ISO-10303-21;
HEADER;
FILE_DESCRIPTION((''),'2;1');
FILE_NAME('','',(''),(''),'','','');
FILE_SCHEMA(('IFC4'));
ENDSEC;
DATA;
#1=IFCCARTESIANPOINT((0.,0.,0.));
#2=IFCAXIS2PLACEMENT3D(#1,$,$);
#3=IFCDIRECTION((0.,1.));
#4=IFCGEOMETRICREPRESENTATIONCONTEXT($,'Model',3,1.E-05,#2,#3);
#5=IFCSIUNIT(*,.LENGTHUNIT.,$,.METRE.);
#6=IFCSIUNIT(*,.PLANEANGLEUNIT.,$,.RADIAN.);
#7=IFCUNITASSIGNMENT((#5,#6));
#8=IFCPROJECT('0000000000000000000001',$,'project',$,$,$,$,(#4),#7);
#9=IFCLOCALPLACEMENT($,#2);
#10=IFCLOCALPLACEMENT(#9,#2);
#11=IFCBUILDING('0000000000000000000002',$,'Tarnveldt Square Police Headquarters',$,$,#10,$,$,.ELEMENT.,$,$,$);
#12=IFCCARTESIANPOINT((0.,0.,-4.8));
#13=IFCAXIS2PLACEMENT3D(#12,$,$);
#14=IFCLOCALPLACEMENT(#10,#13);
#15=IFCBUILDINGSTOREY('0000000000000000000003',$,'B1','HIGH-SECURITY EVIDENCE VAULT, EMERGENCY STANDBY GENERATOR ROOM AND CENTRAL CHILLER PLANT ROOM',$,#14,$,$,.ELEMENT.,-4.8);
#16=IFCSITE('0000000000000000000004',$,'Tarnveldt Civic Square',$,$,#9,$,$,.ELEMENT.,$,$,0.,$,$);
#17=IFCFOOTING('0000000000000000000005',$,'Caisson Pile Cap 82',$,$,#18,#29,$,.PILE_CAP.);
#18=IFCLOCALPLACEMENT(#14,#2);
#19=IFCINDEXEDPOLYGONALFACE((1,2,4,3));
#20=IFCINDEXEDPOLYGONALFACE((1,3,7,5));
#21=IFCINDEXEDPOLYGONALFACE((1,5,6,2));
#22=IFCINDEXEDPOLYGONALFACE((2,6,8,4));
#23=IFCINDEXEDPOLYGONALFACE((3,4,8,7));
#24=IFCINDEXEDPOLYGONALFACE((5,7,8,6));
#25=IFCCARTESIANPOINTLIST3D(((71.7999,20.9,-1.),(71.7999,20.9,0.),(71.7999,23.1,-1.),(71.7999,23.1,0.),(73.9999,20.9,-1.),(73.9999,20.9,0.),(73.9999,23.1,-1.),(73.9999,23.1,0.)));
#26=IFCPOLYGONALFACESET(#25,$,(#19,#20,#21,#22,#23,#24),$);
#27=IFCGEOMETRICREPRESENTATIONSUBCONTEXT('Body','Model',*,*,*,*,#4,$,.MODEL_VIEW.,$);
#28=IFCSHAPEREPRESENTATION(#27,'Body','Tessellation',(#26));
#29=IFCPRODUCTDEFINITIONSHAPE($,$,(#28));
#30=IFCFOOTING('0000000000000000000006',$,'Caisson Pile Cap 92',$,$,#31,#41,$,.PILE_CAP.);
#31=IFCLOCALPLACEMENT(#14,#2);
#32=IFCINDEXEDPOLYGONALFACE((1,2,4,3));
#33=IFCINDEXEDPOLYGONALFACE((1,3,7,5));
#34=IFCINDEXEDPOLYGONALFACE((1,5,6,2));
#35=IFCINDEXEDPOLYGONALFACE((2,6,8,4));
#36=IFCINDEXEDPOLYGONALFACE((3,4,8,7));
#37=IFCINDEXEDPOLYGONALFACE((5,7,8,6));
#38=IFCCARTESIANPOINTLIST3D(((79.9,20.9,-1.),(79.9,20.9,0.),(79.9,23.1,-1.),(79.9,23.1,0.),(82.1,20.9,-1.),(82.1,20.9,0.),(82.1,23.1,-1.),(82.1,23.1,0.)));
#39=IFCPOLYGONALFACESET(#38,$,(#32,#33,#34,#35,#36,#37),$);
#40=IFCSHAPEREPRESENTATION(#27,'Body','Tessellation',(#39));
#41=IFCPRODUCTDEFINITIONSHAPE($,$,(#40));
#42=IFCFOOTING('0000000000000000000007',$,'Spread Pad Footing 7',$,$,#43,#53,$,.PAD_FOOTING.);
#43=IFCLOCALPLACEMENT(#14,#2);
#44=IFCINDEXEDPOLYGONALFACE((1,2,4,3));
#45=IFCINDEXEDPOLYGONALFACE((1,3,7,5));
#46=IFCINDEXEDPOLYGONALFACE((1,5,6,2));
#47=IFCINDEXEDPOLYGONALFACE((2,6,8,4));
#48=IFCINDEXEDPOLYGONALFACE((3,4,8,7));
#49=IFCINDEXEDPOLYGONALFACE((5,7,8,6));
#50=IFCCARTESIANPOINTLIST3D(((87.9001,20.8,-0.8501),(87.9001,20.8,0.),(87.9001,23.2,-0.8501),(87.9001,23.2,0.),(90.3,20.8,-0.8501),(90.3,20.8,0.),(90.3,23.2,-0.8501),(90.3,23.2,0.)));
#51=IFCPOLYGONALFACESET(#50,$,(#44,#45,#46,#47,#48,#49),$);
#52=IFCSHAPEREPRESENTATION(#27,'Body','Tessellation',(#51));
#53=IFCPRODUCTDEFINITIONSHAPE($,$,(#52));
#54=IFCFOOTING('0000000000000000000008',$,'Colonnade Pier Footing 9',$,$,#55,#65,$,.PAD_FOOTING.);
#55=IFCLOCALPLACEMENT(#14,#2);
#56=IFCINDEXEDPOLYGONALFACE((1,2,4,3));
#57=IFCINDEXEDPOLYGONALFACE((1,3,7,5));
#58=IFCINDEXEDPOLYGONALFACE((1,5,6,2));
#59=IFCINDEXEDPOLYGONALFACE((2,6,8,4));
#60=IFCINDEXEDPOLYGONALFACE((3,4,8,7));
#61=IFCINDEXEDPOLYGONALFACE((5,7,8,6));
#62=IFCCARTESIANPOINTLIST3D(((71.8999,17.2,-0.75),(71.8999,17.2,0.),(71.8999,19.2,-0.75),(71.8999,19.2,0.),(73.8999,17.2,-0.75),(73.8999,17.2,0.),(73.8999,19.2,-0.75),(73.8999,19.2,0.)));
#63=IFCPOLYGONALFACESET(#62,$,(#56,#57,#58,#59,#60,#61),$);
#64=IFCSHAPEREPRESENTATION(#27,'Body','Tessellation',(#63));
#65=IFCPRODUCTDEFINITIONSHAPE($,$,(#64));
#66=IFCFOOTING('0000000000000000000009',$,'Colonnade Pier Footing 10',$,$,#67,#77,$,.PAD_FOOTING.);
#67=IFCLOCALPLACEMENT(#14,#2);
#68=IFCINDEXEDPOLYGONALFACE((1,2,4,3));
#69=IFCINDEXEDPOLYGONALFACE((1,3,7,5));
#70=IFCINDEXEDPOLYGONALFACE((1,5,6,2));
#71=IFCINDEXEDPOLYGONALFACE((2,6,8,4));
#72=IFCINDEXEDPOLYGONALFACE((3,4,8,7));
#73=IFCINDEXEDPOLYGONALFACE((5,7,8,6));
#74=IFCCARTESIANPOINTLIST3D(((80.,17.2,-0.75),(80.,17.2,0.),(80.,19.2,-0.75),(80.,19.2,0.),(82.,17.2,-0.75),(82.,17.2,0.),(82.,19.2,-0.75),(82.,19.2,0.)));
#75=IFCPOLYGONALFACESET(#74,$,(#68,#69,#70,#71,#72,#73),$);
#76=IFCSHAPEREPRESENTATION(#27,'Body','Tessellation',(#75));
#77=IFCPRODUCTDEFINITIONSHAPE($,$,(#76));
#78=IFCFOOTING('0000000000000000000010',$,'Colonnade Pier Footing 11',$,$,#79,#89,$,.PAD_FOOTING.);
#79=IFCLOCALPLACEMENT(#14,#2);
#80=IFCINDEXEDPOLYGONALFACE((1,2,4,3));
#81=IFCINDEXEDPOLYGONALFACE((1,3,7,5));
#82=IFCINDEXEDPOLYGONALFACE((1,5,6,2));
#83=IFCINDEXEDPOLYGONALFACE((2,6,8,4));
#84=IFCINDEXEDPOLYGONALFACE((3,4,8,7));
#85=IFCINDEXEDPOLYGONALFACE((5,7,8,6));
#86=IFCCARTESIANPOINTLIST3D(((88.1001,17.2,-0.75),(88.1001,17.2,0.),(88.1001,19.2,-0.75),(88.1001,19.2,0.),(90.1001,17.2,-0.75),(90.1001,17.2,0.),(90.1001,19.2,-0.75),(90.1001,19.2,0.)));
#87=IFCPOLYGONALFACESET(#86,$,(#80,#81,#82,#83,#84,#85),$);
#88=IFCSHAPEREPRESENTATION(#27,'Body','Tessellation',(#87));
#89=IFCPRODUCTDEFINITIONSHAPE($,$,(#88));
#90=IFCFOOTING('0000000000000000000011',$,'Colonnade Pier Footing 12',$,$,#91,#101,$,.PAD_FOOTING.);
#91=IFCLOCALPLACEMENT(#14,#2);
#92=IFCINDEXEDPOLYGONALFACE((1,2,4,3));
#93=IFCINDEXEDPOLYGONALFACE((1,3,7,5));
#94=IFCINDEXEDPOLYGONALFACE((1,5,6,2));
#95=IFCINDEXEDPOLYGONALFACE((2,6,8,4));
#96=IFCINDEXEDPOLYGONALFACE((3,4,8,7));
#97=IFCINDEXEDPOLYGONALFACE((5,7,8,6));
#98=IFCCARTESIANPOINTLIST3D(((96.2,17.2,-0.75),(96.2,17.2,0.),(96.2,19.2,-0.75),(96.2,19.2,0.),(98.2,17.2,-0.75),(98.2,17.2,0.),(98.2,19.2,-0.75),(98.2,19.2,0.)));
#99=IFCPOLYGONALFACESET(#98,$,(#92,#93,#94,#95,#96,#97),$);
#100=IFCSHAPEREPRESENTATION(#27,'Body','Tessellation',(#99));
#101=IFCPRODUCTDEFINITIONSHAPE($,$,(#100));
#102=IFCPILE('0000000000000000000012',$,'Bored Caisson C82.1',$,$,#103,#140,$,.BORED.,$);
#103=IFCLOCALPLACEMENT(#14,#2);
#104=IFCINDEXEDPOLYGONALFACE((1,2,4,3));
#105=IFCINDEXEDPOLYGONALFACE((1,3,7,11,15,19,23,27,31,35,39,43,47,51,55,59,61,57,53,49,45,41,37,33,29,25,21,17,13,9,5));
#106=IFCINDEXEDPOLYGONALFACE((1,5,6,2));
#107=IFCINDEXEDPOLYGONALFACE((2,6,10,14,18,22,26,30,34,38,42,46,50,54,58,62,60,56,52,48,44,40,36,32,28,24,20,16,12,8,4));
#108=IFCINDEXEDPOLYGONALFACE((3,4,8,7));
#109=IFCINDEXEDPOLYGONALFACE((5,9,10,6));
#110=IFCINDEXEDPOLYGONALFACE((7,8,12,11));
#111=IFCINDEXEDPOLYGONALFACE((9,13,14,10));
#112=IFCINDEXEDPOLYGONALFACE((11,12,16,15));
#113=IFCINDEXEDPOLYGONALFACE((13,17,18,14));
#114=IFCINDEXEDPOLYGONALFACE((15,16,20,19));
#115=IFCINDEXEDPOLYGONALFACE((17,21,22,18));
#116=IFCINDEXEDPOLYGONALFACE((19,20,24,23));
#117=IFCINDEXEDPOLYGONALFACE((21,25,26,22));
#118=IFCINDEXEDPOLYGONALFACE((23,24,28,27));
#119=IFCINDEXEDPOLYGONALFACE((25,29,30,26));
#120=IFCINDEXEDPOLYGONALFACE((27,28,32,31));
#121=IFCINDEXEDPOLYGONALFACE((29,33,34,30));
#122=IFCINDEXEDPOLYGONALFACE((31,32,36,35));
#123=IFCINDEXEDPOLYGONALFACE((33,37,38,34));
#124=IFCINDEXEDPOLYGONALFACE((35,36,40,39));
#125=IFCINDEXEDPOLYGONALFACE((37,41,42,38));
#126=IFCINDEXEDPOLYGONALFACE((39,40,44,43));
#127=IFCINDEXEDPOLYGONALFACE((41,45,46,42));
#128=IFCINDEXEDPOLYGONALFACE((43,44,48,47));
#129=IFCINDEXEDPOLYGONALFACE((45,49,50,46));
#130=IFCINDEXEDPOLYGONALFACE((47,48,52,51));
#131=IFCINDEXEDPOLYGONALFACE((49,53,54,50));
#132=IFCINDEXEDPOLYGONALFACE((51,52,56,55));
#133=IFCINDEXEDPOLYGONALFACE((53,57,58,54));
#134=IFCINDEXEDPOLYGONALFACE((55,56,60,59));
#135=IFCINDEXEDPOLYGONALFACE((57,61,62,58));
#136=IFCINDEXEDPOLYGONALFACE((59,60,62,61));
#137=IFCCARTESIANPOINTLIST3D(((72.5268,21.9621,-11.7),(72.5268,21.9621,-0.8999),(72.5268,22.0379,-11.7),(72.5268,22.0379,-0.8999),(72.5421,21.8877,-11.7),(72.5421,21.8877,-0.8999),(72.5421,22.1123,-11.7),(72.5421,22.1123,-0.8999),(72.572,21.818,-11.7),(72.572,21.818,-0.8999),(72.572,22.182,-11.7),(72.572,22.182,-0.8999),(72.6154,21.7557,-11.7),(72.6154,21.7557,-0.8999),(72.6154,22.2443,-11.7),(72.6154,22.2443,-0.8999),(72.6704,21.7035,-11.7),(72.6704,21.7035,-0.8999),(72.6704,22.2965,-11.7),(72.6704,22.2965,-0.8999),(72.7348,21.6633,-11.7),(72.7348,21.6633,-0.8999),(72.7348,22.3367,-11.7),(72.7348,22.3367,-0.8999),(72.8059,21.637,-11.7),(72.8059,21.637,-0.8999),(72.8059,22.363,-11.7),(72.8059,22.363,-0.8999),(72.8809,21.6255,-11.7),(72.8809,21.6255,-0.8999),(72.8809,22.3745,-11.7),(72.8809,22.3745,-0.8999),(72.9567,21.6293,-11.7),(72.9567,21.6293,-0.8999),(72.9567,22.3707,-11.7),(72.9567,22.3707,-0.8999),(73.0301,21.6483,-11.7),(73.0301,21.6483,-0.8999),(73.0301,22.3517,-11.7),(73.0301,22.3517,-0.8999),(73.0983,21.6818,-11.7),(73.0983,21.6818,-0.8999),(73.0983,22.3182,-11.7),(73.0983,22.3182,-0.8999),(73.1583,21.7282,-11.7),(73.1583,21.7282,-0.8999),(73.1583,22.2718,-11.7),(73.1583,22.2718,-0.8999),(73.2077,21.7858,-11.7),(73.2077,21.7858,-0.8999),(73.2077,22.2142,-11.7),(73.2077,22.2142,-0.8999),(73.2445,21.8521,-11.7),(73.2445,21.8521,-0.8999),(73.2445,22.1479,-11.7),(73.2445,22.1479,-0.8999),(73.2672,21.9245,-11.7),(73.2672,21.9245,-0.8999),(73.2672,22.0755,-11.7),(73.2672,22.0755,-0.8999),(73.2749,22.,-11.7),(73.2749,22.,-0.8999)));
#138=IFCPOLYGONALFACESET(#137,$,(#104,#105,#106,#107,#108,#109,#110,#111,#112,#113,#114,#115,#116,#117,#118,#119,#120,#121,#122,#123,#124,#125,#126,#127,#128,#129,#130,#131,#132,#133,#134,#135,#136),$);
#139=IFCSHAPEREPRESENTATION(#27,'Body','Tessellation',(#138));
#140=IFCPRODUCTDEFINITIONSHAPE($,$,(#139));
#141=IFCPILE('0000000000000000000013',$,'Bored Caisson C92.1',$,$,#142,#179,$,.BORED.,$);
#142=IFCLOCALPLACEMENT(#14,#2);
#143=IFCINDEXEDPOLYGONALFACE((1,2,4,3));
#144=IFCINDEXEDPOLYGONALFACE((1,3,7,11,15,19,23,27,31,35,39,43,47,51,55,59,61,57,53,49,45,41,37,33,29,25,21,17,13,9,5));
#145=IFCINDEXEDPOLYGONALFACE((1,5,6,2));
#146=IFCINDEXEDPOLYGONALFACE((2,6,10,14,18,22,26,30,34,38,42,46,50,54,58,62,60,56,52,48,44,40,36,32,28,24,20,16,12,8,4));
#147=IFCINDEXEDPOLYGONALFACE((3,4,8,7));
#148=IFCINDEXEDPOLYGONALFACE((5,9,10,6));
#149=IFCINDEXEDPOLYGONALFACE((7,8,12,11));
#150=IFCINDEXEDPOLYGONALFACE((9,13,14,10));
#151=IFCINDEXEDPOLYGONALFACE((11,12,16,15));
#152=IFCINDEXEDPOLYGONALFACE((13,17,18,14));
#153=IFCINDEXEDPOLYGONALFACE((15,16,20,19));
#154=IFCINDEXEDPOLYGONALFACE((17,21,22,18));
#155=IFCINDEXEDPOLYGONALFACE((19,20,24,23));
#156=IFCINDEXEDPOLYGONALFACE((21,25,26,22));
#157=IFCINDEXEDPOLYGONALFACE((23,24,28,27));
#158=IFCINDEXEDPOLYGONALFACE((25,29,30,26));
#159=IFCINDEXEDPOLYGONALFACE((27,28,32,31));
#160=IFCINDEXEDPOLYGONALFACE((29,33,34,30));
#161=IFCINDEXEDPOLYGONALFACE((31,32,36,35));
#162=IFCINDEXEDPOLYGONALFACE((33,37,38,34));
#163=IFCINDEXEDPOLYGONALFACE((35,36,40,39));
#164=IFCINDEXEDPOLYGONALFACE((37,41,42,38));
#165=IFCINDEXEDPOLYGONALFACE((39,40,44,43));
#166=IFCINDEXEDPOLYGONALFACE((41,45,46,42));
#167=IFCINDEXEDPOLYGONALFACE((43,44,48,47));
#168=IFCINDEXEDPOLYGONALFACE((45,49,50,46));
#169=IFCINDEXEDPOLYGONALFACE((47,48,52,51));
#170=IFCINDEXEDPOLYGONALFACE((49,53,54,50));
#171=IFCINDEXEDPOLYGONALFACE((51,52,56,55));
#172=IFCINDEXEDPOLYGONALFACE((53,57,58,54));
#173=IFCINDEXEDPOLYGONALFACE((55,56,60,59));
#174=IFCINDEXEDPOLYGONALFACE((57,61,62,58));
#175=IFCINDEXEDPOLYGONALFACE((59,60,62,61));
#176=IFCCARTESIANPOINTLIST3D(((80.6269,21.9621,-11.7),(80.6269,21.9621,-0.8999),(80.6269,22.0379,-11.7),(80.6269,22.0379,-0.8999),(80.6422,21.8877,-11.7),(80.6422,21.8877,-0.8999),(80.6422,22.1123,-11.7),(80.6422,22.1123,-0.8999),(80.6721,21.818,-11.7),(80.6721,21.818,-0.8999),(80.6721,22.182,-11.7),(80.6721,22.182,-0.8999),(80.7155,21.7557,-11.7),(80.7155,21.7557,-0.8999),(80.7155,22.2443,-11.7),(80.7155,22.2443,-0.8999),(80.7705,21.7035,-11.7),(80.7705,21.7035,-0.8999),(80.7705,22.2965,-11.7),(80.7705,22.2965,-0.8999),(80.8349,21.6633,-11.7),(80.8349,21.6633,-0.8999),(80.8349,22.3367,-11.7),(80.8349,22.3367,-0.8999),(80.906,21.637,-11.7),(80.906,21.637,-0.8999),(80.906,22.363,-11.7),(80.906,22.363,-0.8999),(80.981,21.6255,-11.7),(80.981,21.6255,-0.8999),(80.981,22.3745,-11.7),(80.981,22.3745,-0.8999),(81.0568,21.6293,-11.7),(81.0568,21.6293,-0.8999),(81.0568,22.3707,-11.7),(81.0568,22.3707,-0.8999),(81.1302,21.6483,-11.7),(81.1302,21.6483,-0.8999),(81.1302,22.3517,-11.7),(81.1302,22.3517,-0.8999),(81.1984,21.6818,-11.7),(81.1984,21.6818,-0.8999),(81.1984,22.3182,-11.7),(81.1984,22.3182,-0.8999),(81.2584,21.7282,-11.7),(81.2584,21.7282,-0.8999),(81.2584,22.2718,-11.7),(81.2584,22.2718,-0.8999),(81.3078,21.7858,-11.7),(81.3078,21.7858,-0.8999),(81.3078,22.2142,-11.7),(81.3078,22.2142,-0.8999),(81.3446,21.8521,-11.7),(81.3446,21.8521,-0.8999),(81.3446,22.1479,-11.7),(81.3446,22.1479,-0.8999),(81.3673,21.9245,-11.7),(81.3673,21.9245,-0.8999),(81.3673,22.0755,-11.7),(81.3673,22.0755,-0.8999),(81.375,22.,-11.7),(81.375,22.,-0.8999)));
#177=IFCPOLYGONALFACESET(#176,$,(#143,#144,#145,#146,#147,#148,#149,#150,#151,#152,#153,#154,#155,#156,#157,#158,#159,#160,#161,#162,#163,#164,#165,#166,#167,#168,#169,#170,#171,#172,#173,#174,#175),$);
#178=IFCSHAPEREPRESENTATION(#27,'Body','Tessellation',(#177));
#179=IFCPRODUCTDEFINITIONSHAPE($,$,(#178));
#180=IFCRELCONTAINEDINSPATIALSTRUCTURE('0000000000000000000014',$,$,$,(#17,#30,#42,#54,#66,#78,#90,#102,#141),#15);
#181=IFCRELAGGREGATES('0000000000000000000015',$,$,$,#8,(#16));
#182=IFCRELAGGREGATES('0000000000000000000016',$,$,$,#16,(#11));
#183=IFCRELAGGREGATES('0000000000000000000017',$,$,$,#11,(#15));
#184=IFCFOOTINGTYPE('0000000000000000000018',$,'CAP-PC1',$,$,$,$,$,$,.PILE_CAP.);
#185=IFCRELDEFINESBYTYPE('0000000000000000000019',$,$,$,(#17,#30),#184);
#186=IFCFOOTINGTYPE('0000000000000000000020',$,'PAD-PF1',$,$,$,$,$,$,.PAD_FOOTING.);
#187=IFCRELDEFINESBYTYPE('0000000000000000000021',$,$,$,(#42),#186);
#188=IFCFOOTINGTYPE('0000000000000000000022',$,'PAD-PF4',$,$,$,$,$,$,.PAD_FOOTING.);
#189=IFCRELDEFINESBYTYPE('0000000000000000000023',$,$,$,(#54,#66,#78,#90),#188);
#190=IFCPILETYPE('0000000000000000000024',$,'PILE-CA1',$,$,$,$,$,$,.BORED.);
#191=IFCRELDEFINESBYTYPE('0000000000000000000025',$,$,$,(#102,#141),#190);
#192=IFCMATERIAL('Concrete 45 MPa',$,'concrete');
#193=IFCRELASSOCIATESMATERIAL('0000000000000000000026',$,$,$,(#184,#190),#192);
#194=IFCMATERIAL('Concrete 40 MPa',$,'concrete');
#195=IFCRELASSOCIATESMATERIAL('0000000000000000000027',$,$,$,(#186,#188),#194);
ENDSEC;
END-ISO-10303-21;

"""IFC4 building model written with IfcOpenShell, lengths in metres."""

from ifc_helpers import new_model, si_unit, direction, frame, origin, origin_2d, place, context, subcontext, project, spatial, rectangle, circle, extrude, material, material_profile, profile_set, type_object, element, save


model = new_model("IFC4")

# Units and contexts
model_context = context("Model", 3, precision=1e-05, world=origin(), true_north=direction((0.0, 1.0)))
body_context = subcontext(model_context, "Body", "Model", "MODEL_VIEW")
ifc_project = project(units=[si_unit("LENGTHUNIT", "METRE"), si_unit("PLANEANGLEUNIT", "RADIAN")], contexts=[model_context])

# Site, building, storey
site_placement = place(None, origin())
site = spatial("IfcSite", under=ifc_project, at=site_placement, Name="Tarnveldt Civic Square", CompositionType="ELEMENT", RefElevation=0.0)
building_placement = place(site_placement, origin())
building = spatial("IfcBuilding", under=site, at=building_placement, Name="Tarnveldt Square Police Headquarters", CompositionType="ELEMENT")
storey_placement = place(building_placement, frame((0.0, 0.0, -4.8)))
storey = spatial("IfcBuildingStorey", under=building, at=storey_placement, Name="B1", Description="HIGH-SECURITY EVIDENCE VAULT, EMERGENCY STANDBY GENERATOR ROOM AND CENTRAL CHILLER PLANT ROOM", CompositionType="ELEMENT", Elevation=-4.8)

# Footings
ifc_material_1 = material(Name="Concrete 45 MPa", Category="concrete")
footing_type_1 = type_object("IfcFootingType", Name="CAP-PC1", PredefinedType="PILE_CAP", material=ifc_material_1)
for number, where, z_axis, x_axis, name in (
    (1, (72.8999, 22.0, -1.0), (0.0, 0.0, 1.0), (1.0, 0.0, 0.0), "Caisson Pile Cap 82"),
    (2, (81.0, 22.0, -1.0), (0.0, 0.0, 1.0), (1.0, 0.0, 0.0), "Caisson Pile Cap 92"),
):
    element("IfcFooting", number, at=place(storey_placement, frame(where, z_axis=z_axis, x_axis=x_axis)), inside=storey, type_object=footing_type_1, Name=name, PredefinedType="PILE_CAP", context=body_context, shape_type="SweptSolid", body=[
        extrude(rectangle(XDim=2.2, YDim=2.2, at=origin_2d()), origin(), (0.0, 0.0, 1.0), 1.0),
    ])
ifc_material_2 = material(Name="Concrete 40 MPa", Category="concrete")
footing_type_2 = type_object("IfcFootingType", Name="PAD-PF1", PredefinedType="PAD_FOOTING", material=ifc_material_2)
footing_placement = place(storey_placement, frame((89.1001, 22.0, -0.8501), z_axis=(0.0, 0.0, 1.0), x_axis=(1.0, 0.0, 0.0)))
element("IfcFooting", 3, at=footing_placement, inside=storey, type_object=footing_type_2, Name="Spread Pad Footing 7", PredefinedType="PAD_FOOTING", context=body_context, shape_type="SweptSolid", body=[
    extrude(rectangle(XDim=2.3999, YDim=2.3999, at=origin_2d()), origin(), (0.0, 0.0, 1.0), 0.8501),
])
footing_type_3 = type_object("IfcFootingType", Name="PAD-PF4", PredefinedType="PAD_FOOTING", material=ifc_material_2)
for number, where, z_axis, x_axis, name in (
    (4, (72.8999, 18.2, -0.75), (0.0, 0.0, 1.0), (1.0, 0.0, 0.0), "Colonnade Pier Footing 9"),
    (5, (81.0, 18.2, -0.75), (0.0, 0.0, 1.0), (1.0, 0.0, 0.0), "Colonnade Pier Footing 10"),
    (6, (89.1001, 18.2, -0.75), (0.0, 0.0, 1.0), (1.0, 0.0, 0.0), "Colonnade Pier Footing 11"),
    (7, (97.2, 18.2, -0.75), (0.0, 0.0, 1.0), (1.0, 0.0, 0.0), "Colonnade Pier Footing 12"),
):
    element("IfcFooting", number, at=place(storey_placement, frame(where, z_axis=z_axis, x_axis=x_axis)), inside=storey, type_object=footing_type_3, Name=name, PredefinedType="PAD_FOOTING", context=body_context, shape_type="SweptSolid", body=[
        extrude(rectangle(XDim=2.0, YDim=2.0, at=origin_2d()), origin(), (0.0, 0.0, 1.0), 0.75),
    ])

# Piles
ifc_material_profile_1 = material_profile(ifc_material_1, circle(Radius=0.375, at=origin_2d()), Name="CAISSON-D750")
ifc_profile_set_1 = profile_set([ifc_material_profile_1], Name="Concrete 45 MPa")
pile_type = type_object("IfcPileType", Name="PILE-CA1", PredefinedType="BORED", material=ifc_profile_set_1)
for number, where, z_axis, x_axis, name in (
    (8, (72.8999, 22.0, -0.8999), (0.0, 0.0, -1.0), (1.0, 0.0, 0.0), "Bored Caisson C82.1"),
    (9, (81.0, 22.0, -0.8999), (0.0, 0.0, -1.0), (1.0, 0.0, 0.0), "Bored Caisson C92.1"),
):
    element("IfcPile", number, at=place(storey_placement, frame(where, z_axis=z_axis, x_axis=x_axis)), inside=storey, type_object=pile_type, Name=name, PredefinedType="BORED", context=body_context, shape_type="SweptSolid", body=[
        extrude(circle(Radius=0.375, at=origin_2d()), origin(), (0.0, 0.0, 1.0), 10.8),
    ])

save(model, "model.ifc")
